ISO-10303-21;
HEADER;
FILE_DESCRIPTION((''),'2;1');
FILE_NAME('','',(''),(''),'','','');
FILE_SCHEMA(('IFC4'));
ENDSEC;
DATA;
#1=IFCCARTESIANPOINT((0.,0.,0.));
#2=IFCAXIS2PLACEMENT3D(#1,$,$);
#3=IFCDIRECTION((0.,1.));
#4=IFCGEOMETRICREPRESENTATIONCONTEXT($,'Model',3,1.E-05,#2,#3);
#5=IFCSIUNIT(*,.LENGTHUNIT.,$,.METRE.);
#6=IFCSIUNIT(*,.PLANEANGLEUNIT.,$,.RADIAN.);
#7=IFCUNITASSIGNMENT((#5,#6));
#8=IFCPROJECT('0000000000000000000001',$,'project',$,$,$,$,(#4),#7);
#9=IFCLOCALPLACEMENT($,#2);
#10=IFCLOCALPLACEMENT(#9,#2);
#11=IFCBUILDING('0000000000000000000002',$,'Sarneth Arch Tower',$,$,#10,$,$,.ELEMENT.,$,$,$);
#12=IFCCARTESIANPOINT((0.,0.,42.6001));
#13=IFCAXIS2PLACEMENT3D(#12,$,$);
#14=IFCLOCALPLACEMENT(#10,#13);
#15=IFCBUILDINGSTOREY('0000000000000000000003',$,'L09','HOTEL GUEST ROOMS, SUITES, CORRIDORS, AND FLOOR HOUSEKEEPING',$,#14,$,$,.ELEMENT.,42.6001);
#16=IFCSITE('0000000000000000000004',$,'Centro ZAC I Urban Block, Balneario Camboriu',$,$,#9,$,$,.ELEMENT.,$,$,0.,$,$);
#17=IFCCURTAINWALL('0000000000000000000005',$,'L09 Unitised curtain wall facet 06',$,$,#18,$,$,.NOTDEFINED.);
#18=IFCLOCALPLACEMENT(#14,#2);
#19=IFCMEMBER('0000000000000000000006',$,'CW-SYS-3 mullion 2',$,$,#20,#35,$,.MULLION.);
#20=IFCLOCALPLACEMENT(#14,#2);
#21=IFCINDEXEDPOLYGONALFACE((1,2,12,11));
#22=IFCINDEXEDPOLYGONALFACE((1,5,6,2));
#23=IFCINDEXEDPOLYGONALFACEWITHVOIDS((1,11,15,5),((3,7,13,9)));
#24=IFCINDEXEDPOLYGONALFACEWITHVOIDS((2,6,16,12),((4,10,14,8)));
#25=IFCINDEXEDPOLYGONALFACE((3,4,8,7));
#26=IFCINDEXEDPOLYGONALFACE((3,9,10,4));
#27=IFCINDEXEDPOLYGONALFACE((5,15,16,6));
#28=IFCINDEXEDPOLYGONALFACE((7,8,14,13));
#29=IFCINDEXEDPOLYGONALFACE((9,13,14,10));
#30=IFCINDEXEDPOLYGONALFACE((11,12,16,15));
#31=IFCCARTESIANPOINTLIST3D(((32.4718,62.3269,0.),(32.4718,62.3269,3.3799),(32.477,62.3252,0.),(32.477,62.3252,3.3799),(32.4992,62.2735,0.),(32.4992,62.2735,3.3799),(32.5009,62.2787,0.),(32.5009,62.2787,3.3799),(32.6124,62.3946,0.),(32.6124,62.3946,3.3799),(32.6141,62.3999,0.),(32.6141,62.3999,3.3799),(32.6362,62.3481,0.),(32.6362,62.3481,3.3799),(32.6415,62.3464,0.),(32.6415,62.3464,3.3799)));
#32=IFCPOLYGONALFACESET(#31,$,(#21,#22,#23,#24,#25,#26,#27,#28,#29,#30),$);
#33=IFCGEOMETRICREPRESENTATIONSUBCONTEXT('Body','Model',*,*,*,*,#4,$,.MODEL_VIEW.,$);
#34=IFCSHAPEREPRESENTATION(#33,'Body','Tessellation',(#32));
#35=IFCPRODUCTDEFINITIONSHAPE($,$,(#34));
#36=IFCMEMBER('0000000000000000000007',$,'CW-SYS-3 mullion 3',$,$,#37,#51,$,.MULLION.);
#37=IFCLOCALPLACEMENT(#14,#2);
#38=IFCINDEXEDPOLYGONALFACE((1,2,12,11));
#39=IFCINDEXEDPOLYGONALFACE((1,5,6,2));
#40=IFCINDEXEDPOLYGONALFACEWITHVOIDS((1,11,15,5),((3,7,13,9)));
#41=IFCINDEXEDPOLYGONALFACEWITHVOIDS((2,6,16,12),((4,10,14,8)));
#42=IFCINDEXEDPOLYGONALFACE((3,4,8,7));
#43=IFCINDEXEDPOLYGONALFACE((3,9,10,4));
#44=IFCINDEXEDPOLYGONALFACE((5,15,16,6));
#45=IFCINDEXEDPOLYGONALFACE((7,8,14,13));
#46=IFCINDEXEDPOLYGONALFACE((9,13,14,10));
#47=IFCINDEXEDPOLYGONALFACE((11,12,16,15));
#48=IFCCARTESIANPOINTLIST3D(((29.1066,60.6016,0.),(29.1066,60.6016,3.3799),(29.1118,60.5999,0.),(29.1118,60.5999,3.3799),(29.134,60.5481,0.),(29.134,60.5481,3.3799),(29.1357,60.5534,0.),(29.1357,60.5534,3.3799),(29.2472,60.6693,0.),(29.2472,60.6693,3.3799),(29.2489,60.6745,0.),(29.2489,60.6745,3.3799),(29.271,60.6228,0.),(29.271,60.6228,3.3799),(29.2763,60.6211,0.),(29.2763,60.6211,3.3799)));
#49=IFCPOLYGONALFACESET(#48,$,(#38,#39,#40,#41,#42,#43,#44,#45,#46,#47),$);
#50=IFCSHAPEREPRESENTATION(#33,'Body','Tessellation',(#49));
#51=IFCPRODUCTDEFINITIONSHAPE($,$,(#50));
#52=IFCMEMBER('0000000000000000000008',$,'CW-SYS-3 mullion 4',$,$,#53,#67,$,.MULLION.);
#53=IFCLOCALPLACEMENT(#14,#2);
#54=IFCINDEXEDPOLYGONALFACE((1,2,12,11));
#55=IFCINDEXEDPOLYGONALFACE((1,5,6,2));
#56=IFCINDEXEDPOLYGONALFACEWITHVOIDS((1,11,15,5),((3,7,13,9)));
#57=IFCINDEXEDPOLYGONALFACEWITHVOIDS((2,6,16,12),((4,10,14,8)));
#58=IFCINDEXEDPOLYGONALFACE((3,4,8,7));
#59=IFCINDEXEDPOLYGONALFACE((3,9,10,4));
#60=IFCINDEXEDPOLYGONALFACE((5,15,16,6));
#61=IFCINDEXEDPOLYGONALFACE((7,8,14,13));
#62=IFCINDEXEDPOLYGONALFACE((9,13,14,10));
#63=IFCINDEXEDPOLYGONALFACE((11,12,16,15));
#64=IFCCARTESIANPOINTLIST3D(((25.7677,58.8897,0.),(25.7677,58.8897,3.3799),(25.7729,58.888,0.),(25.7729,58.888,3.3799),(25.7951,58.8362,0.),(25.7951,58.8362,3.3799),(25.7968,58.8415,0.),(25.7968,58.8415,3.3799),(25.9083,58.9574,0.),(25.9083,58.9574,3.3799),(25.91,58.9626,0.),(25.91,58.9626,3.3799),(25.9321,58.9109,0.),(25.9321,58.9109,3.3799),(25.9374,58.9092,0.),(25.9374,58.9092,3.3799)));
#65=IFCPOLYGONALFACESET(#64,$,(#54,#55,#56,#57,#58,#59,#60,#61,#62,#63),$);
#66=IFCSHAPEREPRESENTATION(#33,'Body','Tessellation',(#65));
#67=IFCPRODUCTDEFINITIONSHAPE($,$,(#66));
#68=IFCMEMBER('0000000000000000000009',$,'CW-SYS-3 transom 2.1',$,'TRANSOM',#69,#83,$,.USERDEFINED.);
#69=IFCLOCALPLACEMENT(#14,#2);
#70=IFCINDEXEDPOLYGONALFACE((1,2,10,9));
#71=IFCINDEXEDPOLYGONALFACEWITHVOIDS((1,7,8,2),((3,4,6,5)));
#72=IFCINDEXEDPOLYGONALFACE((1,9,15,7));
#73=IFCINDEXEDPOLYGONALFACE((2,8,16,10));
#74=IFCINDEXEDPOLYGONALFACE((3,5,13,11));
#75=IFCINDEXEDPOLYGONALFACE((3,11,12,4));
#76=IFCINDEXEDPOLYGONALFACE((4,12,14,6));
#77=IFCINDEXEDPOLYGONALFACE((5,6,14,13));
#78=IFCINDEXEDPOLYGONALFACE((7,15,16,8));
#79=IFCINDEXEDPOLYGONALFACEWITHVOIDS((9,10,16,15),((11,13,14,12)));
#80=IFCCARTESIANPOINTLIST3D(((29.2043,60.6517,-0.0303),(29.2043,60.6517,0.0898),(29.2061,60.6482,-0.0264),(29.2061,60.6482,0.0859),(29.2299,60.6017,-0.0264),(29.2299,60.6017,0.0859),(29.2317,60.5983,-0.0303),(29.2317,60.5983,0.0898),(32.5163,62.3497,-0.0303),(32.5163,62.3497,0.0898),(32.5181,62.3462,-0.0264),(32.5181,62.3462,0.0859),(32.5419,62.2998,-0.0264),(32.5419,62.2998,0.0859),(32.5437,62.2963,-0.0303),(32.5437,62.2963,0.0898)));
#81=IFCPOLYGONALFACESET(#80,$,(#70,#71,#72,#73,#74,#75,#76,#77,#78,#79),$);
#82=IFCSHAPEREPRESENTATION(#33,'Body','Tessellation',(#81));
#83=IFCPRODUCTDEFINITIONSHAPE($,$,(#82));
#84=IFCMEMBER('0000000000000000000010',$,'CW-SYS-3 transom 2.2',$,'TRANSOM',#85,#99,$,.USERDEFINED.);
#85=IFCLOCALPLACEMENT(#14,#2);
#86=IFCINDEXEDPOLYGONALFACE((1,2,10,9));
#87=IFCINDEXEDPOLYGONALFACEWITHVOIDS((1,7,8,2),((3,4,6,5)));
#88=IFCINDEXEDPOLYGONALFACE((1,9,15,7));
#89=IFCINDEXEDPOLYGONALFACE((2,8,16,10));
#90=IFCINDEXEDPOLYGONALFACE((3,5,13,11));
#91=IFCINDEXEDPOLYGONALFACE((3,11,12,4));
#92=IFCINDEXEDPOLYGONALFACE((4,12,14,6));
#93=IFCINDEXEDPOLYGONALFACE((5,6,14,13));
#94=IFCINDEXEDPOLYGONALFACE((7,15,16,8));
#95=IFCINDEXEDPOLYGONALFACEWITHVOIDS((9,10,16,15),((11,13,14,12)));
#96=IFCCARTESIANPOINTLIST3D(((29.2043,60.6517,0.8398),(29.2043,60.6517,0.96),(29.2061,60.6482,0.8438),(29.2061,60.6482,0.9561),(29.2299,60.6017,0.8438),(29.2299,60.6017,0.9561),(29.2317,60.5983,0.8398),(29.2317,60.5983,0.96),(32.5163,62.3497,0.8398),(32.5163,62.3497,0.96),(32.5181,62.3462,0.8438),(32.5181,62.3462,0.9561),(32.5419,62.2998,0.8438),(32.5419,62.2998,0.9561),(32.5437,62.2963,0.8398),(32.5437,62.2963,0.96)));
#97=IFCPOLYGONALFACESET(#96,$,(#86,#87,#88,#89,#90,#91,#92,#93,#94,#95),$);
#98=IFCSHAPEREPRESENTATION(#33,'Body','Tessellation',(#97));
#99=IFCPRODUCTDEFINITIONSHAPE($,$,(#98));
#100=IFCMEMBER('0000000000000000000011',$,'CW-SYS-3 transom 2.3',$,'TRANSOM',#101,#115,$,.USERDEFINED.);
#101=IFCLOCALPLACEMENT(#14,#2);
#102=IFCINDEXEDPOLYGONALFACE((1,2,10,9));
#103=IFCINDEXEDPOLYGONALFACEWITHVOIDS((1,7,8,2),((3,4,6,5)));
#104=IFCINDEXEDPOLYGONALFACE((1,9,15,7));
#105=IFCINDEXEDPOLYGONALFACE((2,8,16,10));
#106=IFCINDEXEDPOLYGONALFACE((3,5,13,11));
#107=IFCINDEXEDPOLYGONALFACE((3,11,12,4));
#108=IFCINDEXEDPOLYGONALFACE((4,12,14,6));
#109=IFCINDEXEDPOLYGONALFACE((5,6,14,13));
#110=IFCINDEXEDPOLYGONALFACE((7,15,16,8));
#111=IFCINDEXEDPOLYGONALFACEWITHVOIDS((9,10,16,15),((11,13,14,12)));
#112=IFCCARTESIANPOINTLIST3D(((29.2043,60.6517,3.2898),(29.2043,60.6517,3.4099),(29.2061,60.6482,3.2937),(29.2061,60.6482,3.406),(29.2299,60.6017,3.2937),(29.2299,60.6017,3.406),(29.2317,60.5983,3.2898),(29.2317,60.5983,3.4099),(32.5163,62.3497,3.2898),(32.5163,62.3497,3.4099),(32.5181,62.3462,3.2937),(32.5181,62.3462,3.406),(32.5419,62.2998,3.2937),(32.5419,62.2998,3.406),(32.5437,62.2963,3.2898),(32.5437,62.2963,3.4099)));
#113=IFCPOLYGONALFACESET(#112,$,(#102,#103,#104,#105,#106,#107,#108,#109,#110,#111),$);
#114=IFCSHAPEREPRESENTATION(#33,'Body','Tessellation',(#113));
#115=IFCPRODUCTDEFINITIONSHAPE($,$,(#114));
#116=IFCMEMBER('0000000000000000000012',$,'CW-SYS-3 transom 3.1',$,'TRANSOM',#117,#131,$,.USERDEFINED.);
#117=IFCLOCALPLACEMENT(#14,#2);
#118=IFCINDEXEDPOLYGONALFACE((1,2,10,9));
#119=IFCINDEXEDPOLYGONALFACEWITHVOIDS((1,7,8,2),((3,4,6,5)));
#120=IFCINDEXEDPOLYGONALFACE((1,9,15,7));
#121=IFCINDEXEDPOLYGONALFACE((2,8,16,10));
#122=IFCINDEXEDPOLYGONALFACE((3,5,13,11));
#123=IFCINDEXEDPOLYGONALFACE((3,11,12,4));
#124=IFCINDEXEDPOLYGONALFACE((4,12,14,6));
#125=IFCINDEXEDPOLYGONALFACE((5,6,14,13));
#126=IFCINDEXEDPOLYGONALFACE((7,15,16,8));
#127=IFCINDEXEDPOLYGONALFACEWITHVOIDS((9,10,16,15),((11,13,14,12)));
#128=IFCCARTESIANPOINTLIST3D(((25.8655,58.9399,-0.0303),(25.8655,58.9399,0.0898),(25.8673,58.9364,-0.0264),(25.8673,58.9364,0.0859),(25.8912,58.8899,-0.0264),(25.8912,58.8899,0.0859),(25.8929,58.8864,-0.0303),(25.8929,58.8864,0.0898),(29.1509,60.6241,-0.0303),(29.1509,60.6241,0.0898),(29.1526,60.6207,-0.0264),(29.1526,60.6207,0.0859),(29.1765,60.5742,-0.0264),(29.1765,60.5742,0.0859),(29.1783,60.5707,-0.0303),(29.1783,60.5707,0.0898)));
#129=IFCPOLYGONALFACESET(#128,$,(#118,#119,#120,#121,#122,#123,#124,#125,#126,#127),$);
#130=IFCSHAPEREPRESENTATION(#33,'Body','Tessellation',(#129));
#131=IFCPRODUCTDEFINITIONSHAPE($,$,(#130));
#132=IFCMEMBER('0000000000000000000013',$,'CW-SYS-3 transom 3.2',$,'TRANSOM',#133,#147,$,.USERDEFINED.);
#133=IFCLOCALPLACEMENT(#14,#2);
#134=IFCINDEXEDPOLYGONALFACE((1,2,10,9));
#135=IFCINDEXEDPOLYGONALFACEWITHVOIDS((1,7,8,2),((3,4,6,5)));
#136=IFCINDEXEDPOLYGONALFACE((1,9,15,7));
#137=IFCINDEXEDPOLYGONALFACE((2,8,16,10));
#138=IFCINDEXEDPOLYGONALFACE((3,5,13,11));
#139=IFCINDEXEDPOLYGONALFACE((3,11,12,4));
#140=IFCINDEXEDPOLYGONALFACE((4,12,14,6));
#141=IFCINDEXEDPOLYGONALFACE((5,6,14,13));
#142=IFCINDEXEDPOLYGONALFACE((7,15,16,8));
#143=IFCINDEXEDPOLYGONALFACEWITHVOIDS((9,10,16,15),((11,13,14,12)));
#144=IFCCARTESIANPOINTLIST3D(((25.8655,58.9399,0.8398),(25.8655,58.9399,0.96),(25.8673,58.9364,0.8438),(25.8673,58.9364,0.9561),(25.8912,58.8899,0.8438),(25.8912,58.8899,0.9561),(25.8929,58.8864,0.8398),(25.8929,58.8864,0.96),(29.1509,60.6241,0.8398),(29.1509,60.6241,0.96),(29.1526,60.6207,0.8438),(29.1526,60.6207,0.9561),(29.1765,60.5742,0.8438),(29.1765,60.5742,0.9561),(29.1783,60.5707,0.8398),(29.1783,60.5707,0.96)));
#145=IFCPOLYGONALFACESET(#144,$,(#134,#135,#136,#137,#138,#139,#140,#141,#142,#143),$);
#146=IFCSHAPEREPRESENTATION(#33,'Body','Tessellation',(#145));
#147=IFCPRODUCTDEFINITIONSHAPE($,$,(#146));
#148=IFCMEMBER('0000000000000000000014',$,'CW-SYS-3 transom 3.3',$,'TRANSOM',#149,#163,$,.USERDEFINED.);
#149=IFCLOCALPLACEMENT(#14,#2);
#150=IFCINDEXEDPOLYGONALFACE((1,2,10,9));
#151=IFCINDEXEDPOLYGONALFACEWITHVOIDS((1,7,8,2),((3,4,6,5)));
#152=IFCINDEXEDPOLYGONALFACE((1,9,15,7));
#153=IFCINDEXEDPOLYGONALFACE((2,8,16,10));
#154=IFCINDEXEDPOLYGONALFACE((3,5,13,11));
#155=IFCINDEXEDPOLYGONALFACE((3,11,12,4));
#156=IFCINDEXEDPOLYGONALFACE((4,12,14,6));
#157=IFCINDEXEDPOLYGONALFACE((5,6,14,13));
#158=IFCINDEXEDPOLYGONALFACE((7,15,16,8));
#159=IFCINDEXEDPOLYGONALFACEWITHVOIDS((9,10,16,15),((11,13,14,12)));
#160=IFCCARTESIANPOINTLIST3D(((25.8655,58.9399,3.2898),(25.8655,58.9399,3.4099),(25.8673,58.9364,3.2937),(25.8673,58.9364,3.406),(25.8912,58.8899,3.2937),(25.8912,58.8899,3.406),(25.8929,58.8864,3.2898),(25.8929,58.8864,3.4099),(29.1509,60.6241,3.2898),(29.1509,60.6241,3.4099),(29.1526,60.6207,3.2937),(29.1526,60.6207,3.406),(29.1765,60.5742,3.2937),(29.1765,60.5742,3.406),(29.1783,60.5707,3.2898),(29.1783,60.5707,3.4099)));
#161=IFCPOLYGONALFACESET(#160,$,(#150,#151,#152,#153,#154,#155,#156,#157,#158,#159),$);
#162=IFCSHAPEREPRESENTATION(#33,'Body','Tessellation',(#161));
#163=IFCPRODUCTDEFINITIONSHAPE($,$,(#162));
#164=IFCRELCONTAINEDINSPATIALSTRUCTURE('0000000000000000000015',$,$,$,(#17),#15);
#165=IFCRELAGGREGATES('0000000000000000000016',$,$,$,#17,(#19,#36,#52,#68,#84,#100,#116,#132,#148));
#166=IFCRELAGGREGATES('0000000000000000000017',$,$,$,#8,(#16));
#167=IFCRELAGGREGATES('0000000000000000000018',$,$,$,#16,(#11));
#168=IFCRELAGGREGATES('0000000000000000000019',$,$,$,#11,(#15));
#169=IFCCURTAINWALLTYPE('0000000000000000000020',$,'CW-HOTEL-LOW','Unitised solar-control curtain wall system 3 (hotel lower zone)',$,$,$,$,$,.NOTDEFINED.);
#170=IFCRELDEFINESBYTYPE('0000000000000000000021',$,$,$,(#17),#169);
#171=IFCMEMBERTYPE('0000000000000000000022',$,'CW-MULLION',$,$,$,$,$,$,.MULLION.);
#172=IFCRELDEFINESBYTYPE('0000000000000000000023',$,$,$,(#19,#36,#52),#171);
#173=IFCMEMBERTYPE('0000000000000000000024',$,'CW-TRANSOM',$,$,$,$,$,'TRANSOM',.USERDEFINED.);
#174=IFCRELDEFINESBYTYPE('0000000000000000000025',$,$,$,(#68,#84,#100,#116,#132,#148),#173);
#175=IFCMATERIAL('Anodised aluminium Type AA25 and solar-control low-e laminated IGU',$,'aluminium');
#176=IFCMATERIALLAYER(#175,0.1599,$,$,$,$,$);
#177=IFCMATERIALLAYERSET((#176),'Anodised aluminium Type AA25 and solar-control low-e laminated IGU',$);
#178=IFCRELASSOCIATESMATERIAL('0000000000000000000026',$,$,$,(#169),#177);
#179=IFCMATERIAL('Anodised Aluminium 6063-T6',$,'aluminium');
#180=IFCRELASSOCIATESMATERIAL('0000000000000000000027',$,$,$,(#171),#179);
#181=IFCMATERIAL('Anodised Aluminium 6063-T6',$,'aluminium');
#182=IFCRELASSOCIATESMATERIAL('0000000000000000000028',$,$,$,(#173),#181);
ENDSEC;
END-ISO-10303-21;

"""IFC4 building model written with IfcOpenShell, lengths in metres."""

from ifc_helpers import new_model, si_unit, direction, frame, origin, origin_2d, place, context, subcontext, project, spatial, hollow_rectangle, extrude, material, layer, layer_set, material_profile, profile_set, type_object, element, aggregate, save


model = new_model("IFC4")

# Units and contexts
model_context = context("Model", 3, precision=1e-05, world=origin(), true_north=direction((0.0, 1.0)))
body_context = subcontext(model_context, "Body", "Model", "MODEL_VIEW")
ifc_project = project(units=[si_unit("LENGTHUNIT", "METRE"), si_unit("PLANEANGLEUNIT", "RADIAN")], contexts=[model_context])

# Site, building, storey
site_placement = place(None, origin())
site = spatial("IfcSite", under=ifc_project, at=site_placement, Name="Centro ZAC I Urban Block, Balneario Camboriu", CompositionType="ELEMENT", RefElevation=0.0)
building_placement = place(site_placement, origin())
building = spatial("IfcBuilding", under=site, at=building_placement, Name="Sarneth Arch Tower", CompositionType="ELEMENT")
storey_placement = place(building_placement, frame((0.0, 0.0, 42.6001)))
storey = spatial("IfcBuildingStorey", under=building, at=storey_placement, Name="L09", Description="HOTEL GUEST ROOMS, SUITES, CORRIDORS, AND FLOOR HOUSEKEEPING", CompositionType="ELEMENT", Elevation=42.6001)

# Curtain wall, members
ifc_material_1 = material(Name="Anodised aluminium Type AA25 and solar-control low-e laminated IGU", Category="aluminium")
ifc_layer_1 = layer(ifc_material_1, 0.1599)
ifc_layer_set_1 = layer_set([ifc_layer_1], Name="Anodised aluminium Type AA25 and solar-control low-e laminated IGU")
curtain_wall_type = type_object("IfcCurtainWallType", Name="CW-HOTEL-LOW", Description="Unitised solar-control curtain wall system 3 (hotel lower zone)", PredefinedType="NOTDEFINED", material=ifc_layer_set_1)
curtain_wall_placement = place(storey_placement, origin())
curtain_wall = element("IfcCurtainWall", 1, at=curtain_wall_placement, inside=storey, type_object=curtain_wall_type, Name="L09 Unitised curtain wall facet 06", PredefinedType="NOTDEFINED")
ifc_material_2 = material(Name="Anodised Aluminium 6063-T6", Category="aluminium")
ifc_material_profile_1 = material_profile(ifc_material_2, hollow_rectangle(XDim=0.0601, YDim=0.1599, WallThickness=0.0039, at=origin_2d()), Name="AL-MULL-160x60x4")
ifc_profile_set_1 = profile_set([ifc_material_profile_1], Name="Anodised Aluminium 6063-T6")
member_type_1 = type_object("IfcMemberType", Name="CW-MULLION", PredefinedType="MULLION", material=ifc_profile_set_1)
member_1_placement = place(storey_placement, frame((32.5566, 62.3367, 0.0), z_axis=(0.0, 0.0, 1.0), x_axis=(0.456245, -0.889854, 0.0)))
member_1 = element("IfcMember", 2, at=member_1_placement, type_object=member_type_1, Name="CW-SYS-3 mullion 2", PredefinedType="MULLION", context=body_context, shape_type="SweptSolid", body=[
    extrude(hollow_rectangle(XDim=0.0601, YDim=0.1599, WallThickness=0.0039, at=origin_2d()), origin(), (0.0, 0.0, 1.0), 3.3799),
])
member_2_placement = place(storey_placement, frame((29.1914, 60.6113, 0.0), z_axis=(0.0, 0.0, 1.0), x_axis=(0.456245, -0.889854, 0.0)))
member_2 = element("IfcMember", 3, at=member_2_placement, type_object=member_type_1, Name="CW-SYS-3 mullion 3", PredefinedType="MULLION", context=body_context, shape_type="SweptSolid", body=[
    extrude(hollow_rectangle(XDim=0.0601, YDim=0.1599, WallThickness=0.0039, at=origin_2d()), origin(), (0.0, 0.0, 1.0), 3.3799),
])
member_3_placement = place(storey_placement, frame((25.8525, 58.8994, 0.0), z_axis=(0.0, 0.0, 1.0), x_axis=(0.456245, -0.889854, 0.0)))
member_3 = element("IfcMember", 4, at=member_3_placement, type_object=member_type_1, Name="CW-SYS-3 mullion 4", PredefinedType="MULLION", context=body_context, shape_type="SweptSolid", body=[
    extrude(hollow_rectangle(XDim=0.0601, YDim=0.1599, WallThickness=0.0039, at=origin_2d()), origin(), (0.0, 0.0, 1.0), 3.3799),
])
ifc_material_3 = material(Name="Anodised Aluminium 6063-T6", Category="aluminium")
ifc_material_profile_2 = material_profile(ifc_material_3, hollow_rectangle(XDim=0.0601, YDim=0.1201, WallThickness=0.0039, at=origin_2d()), Name="AL-TRAN-120x60x4")
ifc_profile_set_2 = profile_set([ifc_material_profile_2], Name="Anodised Aluminium 6063-T6")
member_type_2 = type_object("IfcMemberType", Name="CW-TRANSOM", ElementType="TRANSOM", PredefinedType="USERDEFINED", material=ifc_profile_set_2)
member_4_placement = place(storey_placement, frame((32.53, 62.323, 0.0298), z_axis=(-0.889869, -0.456217, 0.0), x_axis=(0.456217, -0.889869, 0.0)))
member_4 = element("IfcMember", 5, at=member_4_placement, type_object=member_type_2, Name="CW-SYS-3 transom 2.1", ObjectType="TRANSOM", PredefinedType="USERDEFINED", context=body_context, shape_type="SweptSolid", body=[
    extrude(hollow_rectangle(XDim=0.0601, YDim=0.1201, WallThickness=0.0039, at=origin_2d()), origin(), (0.0, 0.0, 1.0), 3.7219),
])
member_5_placement = place(storey_placement, frame((32.53, 62.323, 0.8999), z_axis=(-0.889869, -0.456217, 0.0), x_axis=(0.456217, -0.889869, 0.0)))
member_5 = element("IfcMember", 6, at=member_5_placement, type_object=member_type_2, Name="CW-SYS-3 transom 2.2", ObjectType="TRANSOM", PredefinedType="USERDEFINED", context=body_context, shape_type="SweptSolid", body=[
    extrude(hollow_rectangle(XDim=0.0601, YDim=0.1201, WallThickness=0.0039, at=origin_2d()), origin(), (0.0, 0.0, 1.0), 3.7219),
])
member_6_placement = place(storey_placement, frame((32.53, 62.323, 3.3499), z_axis=(-0.889869, -0.456217, 0.0), x_axis=(0.456217, -0.889869, 0.0)))
member_6 = element("IfcMember", 7, at=member_6_placement, type_object=member_type_2, Name="CW-SYS-3 transom 2.3", ObjectType="TRANSOM", PredefinedType="USERDEFINED", context=body_context, shape_type="SweptSolid", body=[
    extrude(hollow_rectangle(XDim=0.0601, YDim=0.1201, WallThickness=0.0039, at=origin_2d()), origin(), (0.0, 0.0, 1.0), 3.7219),
])
member_7_placement = place(storey_placement, frame((29.1646, 60.5974, 0.0298), z_axis=(-0.889872, -0.456211, 0.0), x_axis=(0.456211, -0.889872, 0.0)))
member_7 = element("IfcMember", 8, at=member_7_placement, type_object=member_type_2, Name="CW-SYS-3 transom 3.1", ObjectType="TRANSOM", PredefinedType="USERDEFINED", context=body_context, shape_type="SweptSolid", body=[
    extrude(hollow_rectangle(XDim=0.0601, YDim=0.1201, WallThickness=0.0039, at=origin_2d()), origin(), (0.0, 0.0, 1.0), 3.6919),
])
member_8_placement = place(storey_placement, frame((29.1646, 60.5974, 0.8999), z_axis=(-0.889872, -0.456211, 0.0), x_axis=(0.456211, -0.889872, 0.0)))
member_8 = element("IfcMember", 9, at=member_8_placement, type_object=member_type_2, Name="CW-SYS-3 transom 3.2", ObjectType="TRANSOM", PredefinedType="USERDEFINED", context=body_context, shape_type="SweptSolid", body=[
    extrude(hollow_rectangle(XDim=0.0601, YDim=0.1201, WallThickness=0.0039, at=origin_2d()), origin(), (0.0, 0.0, 1.0), 3.6919),
])
member_9_placement = place(storey_placement, frame((29.1646, 60.5974, 3.3499), z_axis=(-0.889872, -0.456211, 0.0), x_axis=(0.456211, -0.889872, 0.0)))
member_9 = element("IfcMember", 10, at=member_9_placement, type_object=member_type_2, Name="CW-SYS-3 transom 3.3", ObjectType="TRANSOM", PredefinedType="USERDEFINED", context=body_context, shape_type="SweptSolid", body=[
    extrude(hollow_rectangle(XDim=0.0601, YDim=0.1201, WallThickness=0.0039, at=origin_2d()), origin(), (0.0, 0.0, 1.0), 3.6919),
])

aggregate(curtain_wall, [member_1, member_2, member_3, member_4, member_5, member_6, member_7, member_8, member_9])

save(model, "model.ifc")
